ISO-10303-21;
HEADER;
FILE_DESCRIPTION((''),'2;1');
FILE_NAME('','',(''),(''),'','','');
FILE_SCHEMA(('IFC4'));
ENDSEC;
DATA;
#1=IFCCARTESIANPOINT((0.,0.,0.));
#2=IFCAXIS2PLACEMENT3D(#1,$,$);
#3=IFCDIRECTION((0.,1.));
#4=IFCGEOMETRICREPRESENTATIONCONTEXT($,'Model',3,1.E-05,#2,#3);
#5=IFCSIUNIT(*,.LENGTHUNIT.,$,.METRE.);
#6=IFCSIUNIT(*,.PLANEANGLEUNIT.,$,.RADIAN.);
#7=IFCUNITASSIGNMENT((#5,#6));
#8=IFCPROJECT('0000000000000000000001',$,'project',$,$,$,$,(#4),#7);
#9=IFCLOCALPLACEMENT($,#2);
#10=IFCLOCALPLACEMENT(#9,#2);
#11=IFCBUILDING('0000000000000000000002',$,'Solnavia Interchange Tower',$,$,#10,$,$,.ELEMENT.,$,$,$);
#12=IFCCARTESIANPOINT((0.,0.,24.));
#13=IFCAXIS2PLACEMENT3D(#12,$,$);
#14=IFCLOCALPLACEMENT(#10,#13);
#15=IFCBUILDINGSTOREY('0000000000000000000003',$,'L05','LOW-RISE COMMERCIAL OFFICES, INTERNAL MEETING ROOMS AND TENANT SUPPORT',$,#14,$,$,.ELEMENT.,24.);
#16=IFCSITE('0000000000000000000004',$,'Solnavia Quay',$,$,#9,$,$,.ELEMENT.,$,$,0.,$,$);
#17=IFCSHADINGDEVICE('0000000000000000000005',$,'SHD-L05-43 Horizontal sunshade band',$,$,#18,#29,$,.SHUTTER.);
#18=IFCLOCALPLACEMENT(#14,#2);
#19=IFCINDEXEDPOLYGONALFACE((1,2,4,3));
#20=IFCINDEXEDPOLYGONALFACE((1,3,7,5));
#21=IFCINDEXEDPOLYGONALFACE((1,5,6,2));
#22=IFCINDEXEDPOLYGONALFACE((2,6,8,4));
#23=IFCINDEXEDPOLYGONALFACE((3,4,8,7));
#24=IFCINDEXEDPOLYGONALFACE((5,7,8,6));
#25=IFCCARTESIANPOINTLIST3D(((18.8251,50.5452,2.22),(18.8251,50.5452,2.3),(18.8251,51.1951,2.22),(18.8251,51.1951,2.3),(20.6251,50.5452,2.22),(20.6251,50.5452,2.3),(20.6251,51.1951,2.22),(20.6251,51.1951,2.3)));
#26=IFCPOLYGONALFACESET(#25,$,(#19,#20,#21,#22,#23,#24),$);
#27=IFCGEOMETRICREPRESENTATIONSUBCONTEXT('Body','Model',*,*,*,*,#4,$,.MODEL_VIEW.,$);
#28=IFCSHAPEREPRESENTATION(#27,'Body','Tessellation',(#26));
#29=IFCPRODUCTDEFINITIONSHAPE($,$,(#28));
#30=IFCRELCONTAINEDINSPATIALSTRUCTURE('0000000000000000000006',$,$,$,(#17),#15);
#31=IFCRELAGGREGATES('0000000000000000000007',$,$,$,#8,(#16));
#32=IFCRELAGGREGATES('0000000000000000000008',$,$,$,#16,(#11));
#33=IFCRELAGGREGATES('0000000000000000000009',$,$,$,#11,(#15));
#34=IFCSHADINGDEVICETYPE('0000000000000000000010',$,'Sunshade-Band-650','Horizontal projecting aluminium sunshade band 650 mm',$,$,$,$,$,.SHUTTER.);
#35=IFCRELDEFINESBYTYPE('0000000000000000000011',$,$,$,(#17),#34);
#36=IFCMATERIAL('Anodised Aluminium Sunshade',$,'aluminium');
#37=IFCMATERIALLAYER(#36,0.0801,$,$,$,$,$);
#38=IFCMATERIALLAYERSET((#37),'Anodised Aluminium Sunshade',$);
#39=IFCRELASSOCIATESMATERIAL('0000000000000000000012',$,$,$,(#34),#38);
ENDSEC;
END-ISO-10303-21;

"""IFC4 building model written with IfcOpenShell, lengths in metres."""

from ifc_helpers import new_model, si_unit, direction, frame, origin, origin_2d, place, context, subcontext, project, spatial, rectangle, extrude, material, layer, layer_set, type_object, element, save


model = new_model("IFC4")

# Units and contexts
model_context = context("Model", 3, precision=1e-05, world=origin(), true_north=direction((0.0, 1.0)))
body_context = subcontext(model_context, "Body", "Model", "MODEL_VIEW")
ifc_project = project(units=[si_unit("LENGTHUNIT", "METRE"), si_unit("PLANEANGLEUNIT", "RADIAN")], contexts=[model_context])

# Site, building, storey
site_placement = place(None, origin())
site = spatial("IfcSite", under=ifc_project, at=site_placement, Name="Solnavia Quay", CompositionType="ELEMENT", RefElevation=0.0)
building_placement = place(site_placement, origin())
building = spatial("IfcBuilding", under=site, at=building_placement, Name="Solnavia Interchange Tower", CompositionType="ELEMENT")
storey_placement = place(building_placement, frame((0.0, 0.0, 24.0)))
storey = spatial("IfcBuildingStorey", under=building, at=storey_placement, Name="L05", Description="LOW-RISE COMMERCIAL OFFICES, INTERNAL MEETING ROOMS AND TENANT SUPPORT", CompositionType="ELEMENT", Elevation=24.0)

# Shading device
ifc_material_1 = material(Name="Anodised Aluminium Sunshade", Category="aluminium")
ifc_layer_1 = layer(ifc_material_1, 0.0801)
ifc_layer_set_1 = layer_set([ifc_layer_1], Name="Anodised Aluminium Sunshade")
shading_device_type = type_object("IfcShadingDeviceType", Name="Sunshade-Band-650", Description="Horizontal projecting aluminium sunshade band 650 mm", PredefinedType="SHUTTER", material=ifc_layer_set_1)
shading_device_placement = place(storey_placement, frame((19.7251, 50.8701, 2.22), z_axis=(0.0, 0.0, 1.0), x_axis=(1.0, 0.0, 0.0)))
element("IfcShadingDevice", 1, at=shading_device_placement, inside=storey, type_object=shading_device_type, Name="SHD-L05-43 Horizontal sunshade band", PredefinedType="SHUTTER", context=body_context, shape_type="SweptSolid", body=[
    extrude(rectangle(XDim=1.8, YDim=0.6499, at=origin_2d()), origin(), (0.0, 0.0, 1.0), 0.0801),
])

save(model, "model.ifc")
